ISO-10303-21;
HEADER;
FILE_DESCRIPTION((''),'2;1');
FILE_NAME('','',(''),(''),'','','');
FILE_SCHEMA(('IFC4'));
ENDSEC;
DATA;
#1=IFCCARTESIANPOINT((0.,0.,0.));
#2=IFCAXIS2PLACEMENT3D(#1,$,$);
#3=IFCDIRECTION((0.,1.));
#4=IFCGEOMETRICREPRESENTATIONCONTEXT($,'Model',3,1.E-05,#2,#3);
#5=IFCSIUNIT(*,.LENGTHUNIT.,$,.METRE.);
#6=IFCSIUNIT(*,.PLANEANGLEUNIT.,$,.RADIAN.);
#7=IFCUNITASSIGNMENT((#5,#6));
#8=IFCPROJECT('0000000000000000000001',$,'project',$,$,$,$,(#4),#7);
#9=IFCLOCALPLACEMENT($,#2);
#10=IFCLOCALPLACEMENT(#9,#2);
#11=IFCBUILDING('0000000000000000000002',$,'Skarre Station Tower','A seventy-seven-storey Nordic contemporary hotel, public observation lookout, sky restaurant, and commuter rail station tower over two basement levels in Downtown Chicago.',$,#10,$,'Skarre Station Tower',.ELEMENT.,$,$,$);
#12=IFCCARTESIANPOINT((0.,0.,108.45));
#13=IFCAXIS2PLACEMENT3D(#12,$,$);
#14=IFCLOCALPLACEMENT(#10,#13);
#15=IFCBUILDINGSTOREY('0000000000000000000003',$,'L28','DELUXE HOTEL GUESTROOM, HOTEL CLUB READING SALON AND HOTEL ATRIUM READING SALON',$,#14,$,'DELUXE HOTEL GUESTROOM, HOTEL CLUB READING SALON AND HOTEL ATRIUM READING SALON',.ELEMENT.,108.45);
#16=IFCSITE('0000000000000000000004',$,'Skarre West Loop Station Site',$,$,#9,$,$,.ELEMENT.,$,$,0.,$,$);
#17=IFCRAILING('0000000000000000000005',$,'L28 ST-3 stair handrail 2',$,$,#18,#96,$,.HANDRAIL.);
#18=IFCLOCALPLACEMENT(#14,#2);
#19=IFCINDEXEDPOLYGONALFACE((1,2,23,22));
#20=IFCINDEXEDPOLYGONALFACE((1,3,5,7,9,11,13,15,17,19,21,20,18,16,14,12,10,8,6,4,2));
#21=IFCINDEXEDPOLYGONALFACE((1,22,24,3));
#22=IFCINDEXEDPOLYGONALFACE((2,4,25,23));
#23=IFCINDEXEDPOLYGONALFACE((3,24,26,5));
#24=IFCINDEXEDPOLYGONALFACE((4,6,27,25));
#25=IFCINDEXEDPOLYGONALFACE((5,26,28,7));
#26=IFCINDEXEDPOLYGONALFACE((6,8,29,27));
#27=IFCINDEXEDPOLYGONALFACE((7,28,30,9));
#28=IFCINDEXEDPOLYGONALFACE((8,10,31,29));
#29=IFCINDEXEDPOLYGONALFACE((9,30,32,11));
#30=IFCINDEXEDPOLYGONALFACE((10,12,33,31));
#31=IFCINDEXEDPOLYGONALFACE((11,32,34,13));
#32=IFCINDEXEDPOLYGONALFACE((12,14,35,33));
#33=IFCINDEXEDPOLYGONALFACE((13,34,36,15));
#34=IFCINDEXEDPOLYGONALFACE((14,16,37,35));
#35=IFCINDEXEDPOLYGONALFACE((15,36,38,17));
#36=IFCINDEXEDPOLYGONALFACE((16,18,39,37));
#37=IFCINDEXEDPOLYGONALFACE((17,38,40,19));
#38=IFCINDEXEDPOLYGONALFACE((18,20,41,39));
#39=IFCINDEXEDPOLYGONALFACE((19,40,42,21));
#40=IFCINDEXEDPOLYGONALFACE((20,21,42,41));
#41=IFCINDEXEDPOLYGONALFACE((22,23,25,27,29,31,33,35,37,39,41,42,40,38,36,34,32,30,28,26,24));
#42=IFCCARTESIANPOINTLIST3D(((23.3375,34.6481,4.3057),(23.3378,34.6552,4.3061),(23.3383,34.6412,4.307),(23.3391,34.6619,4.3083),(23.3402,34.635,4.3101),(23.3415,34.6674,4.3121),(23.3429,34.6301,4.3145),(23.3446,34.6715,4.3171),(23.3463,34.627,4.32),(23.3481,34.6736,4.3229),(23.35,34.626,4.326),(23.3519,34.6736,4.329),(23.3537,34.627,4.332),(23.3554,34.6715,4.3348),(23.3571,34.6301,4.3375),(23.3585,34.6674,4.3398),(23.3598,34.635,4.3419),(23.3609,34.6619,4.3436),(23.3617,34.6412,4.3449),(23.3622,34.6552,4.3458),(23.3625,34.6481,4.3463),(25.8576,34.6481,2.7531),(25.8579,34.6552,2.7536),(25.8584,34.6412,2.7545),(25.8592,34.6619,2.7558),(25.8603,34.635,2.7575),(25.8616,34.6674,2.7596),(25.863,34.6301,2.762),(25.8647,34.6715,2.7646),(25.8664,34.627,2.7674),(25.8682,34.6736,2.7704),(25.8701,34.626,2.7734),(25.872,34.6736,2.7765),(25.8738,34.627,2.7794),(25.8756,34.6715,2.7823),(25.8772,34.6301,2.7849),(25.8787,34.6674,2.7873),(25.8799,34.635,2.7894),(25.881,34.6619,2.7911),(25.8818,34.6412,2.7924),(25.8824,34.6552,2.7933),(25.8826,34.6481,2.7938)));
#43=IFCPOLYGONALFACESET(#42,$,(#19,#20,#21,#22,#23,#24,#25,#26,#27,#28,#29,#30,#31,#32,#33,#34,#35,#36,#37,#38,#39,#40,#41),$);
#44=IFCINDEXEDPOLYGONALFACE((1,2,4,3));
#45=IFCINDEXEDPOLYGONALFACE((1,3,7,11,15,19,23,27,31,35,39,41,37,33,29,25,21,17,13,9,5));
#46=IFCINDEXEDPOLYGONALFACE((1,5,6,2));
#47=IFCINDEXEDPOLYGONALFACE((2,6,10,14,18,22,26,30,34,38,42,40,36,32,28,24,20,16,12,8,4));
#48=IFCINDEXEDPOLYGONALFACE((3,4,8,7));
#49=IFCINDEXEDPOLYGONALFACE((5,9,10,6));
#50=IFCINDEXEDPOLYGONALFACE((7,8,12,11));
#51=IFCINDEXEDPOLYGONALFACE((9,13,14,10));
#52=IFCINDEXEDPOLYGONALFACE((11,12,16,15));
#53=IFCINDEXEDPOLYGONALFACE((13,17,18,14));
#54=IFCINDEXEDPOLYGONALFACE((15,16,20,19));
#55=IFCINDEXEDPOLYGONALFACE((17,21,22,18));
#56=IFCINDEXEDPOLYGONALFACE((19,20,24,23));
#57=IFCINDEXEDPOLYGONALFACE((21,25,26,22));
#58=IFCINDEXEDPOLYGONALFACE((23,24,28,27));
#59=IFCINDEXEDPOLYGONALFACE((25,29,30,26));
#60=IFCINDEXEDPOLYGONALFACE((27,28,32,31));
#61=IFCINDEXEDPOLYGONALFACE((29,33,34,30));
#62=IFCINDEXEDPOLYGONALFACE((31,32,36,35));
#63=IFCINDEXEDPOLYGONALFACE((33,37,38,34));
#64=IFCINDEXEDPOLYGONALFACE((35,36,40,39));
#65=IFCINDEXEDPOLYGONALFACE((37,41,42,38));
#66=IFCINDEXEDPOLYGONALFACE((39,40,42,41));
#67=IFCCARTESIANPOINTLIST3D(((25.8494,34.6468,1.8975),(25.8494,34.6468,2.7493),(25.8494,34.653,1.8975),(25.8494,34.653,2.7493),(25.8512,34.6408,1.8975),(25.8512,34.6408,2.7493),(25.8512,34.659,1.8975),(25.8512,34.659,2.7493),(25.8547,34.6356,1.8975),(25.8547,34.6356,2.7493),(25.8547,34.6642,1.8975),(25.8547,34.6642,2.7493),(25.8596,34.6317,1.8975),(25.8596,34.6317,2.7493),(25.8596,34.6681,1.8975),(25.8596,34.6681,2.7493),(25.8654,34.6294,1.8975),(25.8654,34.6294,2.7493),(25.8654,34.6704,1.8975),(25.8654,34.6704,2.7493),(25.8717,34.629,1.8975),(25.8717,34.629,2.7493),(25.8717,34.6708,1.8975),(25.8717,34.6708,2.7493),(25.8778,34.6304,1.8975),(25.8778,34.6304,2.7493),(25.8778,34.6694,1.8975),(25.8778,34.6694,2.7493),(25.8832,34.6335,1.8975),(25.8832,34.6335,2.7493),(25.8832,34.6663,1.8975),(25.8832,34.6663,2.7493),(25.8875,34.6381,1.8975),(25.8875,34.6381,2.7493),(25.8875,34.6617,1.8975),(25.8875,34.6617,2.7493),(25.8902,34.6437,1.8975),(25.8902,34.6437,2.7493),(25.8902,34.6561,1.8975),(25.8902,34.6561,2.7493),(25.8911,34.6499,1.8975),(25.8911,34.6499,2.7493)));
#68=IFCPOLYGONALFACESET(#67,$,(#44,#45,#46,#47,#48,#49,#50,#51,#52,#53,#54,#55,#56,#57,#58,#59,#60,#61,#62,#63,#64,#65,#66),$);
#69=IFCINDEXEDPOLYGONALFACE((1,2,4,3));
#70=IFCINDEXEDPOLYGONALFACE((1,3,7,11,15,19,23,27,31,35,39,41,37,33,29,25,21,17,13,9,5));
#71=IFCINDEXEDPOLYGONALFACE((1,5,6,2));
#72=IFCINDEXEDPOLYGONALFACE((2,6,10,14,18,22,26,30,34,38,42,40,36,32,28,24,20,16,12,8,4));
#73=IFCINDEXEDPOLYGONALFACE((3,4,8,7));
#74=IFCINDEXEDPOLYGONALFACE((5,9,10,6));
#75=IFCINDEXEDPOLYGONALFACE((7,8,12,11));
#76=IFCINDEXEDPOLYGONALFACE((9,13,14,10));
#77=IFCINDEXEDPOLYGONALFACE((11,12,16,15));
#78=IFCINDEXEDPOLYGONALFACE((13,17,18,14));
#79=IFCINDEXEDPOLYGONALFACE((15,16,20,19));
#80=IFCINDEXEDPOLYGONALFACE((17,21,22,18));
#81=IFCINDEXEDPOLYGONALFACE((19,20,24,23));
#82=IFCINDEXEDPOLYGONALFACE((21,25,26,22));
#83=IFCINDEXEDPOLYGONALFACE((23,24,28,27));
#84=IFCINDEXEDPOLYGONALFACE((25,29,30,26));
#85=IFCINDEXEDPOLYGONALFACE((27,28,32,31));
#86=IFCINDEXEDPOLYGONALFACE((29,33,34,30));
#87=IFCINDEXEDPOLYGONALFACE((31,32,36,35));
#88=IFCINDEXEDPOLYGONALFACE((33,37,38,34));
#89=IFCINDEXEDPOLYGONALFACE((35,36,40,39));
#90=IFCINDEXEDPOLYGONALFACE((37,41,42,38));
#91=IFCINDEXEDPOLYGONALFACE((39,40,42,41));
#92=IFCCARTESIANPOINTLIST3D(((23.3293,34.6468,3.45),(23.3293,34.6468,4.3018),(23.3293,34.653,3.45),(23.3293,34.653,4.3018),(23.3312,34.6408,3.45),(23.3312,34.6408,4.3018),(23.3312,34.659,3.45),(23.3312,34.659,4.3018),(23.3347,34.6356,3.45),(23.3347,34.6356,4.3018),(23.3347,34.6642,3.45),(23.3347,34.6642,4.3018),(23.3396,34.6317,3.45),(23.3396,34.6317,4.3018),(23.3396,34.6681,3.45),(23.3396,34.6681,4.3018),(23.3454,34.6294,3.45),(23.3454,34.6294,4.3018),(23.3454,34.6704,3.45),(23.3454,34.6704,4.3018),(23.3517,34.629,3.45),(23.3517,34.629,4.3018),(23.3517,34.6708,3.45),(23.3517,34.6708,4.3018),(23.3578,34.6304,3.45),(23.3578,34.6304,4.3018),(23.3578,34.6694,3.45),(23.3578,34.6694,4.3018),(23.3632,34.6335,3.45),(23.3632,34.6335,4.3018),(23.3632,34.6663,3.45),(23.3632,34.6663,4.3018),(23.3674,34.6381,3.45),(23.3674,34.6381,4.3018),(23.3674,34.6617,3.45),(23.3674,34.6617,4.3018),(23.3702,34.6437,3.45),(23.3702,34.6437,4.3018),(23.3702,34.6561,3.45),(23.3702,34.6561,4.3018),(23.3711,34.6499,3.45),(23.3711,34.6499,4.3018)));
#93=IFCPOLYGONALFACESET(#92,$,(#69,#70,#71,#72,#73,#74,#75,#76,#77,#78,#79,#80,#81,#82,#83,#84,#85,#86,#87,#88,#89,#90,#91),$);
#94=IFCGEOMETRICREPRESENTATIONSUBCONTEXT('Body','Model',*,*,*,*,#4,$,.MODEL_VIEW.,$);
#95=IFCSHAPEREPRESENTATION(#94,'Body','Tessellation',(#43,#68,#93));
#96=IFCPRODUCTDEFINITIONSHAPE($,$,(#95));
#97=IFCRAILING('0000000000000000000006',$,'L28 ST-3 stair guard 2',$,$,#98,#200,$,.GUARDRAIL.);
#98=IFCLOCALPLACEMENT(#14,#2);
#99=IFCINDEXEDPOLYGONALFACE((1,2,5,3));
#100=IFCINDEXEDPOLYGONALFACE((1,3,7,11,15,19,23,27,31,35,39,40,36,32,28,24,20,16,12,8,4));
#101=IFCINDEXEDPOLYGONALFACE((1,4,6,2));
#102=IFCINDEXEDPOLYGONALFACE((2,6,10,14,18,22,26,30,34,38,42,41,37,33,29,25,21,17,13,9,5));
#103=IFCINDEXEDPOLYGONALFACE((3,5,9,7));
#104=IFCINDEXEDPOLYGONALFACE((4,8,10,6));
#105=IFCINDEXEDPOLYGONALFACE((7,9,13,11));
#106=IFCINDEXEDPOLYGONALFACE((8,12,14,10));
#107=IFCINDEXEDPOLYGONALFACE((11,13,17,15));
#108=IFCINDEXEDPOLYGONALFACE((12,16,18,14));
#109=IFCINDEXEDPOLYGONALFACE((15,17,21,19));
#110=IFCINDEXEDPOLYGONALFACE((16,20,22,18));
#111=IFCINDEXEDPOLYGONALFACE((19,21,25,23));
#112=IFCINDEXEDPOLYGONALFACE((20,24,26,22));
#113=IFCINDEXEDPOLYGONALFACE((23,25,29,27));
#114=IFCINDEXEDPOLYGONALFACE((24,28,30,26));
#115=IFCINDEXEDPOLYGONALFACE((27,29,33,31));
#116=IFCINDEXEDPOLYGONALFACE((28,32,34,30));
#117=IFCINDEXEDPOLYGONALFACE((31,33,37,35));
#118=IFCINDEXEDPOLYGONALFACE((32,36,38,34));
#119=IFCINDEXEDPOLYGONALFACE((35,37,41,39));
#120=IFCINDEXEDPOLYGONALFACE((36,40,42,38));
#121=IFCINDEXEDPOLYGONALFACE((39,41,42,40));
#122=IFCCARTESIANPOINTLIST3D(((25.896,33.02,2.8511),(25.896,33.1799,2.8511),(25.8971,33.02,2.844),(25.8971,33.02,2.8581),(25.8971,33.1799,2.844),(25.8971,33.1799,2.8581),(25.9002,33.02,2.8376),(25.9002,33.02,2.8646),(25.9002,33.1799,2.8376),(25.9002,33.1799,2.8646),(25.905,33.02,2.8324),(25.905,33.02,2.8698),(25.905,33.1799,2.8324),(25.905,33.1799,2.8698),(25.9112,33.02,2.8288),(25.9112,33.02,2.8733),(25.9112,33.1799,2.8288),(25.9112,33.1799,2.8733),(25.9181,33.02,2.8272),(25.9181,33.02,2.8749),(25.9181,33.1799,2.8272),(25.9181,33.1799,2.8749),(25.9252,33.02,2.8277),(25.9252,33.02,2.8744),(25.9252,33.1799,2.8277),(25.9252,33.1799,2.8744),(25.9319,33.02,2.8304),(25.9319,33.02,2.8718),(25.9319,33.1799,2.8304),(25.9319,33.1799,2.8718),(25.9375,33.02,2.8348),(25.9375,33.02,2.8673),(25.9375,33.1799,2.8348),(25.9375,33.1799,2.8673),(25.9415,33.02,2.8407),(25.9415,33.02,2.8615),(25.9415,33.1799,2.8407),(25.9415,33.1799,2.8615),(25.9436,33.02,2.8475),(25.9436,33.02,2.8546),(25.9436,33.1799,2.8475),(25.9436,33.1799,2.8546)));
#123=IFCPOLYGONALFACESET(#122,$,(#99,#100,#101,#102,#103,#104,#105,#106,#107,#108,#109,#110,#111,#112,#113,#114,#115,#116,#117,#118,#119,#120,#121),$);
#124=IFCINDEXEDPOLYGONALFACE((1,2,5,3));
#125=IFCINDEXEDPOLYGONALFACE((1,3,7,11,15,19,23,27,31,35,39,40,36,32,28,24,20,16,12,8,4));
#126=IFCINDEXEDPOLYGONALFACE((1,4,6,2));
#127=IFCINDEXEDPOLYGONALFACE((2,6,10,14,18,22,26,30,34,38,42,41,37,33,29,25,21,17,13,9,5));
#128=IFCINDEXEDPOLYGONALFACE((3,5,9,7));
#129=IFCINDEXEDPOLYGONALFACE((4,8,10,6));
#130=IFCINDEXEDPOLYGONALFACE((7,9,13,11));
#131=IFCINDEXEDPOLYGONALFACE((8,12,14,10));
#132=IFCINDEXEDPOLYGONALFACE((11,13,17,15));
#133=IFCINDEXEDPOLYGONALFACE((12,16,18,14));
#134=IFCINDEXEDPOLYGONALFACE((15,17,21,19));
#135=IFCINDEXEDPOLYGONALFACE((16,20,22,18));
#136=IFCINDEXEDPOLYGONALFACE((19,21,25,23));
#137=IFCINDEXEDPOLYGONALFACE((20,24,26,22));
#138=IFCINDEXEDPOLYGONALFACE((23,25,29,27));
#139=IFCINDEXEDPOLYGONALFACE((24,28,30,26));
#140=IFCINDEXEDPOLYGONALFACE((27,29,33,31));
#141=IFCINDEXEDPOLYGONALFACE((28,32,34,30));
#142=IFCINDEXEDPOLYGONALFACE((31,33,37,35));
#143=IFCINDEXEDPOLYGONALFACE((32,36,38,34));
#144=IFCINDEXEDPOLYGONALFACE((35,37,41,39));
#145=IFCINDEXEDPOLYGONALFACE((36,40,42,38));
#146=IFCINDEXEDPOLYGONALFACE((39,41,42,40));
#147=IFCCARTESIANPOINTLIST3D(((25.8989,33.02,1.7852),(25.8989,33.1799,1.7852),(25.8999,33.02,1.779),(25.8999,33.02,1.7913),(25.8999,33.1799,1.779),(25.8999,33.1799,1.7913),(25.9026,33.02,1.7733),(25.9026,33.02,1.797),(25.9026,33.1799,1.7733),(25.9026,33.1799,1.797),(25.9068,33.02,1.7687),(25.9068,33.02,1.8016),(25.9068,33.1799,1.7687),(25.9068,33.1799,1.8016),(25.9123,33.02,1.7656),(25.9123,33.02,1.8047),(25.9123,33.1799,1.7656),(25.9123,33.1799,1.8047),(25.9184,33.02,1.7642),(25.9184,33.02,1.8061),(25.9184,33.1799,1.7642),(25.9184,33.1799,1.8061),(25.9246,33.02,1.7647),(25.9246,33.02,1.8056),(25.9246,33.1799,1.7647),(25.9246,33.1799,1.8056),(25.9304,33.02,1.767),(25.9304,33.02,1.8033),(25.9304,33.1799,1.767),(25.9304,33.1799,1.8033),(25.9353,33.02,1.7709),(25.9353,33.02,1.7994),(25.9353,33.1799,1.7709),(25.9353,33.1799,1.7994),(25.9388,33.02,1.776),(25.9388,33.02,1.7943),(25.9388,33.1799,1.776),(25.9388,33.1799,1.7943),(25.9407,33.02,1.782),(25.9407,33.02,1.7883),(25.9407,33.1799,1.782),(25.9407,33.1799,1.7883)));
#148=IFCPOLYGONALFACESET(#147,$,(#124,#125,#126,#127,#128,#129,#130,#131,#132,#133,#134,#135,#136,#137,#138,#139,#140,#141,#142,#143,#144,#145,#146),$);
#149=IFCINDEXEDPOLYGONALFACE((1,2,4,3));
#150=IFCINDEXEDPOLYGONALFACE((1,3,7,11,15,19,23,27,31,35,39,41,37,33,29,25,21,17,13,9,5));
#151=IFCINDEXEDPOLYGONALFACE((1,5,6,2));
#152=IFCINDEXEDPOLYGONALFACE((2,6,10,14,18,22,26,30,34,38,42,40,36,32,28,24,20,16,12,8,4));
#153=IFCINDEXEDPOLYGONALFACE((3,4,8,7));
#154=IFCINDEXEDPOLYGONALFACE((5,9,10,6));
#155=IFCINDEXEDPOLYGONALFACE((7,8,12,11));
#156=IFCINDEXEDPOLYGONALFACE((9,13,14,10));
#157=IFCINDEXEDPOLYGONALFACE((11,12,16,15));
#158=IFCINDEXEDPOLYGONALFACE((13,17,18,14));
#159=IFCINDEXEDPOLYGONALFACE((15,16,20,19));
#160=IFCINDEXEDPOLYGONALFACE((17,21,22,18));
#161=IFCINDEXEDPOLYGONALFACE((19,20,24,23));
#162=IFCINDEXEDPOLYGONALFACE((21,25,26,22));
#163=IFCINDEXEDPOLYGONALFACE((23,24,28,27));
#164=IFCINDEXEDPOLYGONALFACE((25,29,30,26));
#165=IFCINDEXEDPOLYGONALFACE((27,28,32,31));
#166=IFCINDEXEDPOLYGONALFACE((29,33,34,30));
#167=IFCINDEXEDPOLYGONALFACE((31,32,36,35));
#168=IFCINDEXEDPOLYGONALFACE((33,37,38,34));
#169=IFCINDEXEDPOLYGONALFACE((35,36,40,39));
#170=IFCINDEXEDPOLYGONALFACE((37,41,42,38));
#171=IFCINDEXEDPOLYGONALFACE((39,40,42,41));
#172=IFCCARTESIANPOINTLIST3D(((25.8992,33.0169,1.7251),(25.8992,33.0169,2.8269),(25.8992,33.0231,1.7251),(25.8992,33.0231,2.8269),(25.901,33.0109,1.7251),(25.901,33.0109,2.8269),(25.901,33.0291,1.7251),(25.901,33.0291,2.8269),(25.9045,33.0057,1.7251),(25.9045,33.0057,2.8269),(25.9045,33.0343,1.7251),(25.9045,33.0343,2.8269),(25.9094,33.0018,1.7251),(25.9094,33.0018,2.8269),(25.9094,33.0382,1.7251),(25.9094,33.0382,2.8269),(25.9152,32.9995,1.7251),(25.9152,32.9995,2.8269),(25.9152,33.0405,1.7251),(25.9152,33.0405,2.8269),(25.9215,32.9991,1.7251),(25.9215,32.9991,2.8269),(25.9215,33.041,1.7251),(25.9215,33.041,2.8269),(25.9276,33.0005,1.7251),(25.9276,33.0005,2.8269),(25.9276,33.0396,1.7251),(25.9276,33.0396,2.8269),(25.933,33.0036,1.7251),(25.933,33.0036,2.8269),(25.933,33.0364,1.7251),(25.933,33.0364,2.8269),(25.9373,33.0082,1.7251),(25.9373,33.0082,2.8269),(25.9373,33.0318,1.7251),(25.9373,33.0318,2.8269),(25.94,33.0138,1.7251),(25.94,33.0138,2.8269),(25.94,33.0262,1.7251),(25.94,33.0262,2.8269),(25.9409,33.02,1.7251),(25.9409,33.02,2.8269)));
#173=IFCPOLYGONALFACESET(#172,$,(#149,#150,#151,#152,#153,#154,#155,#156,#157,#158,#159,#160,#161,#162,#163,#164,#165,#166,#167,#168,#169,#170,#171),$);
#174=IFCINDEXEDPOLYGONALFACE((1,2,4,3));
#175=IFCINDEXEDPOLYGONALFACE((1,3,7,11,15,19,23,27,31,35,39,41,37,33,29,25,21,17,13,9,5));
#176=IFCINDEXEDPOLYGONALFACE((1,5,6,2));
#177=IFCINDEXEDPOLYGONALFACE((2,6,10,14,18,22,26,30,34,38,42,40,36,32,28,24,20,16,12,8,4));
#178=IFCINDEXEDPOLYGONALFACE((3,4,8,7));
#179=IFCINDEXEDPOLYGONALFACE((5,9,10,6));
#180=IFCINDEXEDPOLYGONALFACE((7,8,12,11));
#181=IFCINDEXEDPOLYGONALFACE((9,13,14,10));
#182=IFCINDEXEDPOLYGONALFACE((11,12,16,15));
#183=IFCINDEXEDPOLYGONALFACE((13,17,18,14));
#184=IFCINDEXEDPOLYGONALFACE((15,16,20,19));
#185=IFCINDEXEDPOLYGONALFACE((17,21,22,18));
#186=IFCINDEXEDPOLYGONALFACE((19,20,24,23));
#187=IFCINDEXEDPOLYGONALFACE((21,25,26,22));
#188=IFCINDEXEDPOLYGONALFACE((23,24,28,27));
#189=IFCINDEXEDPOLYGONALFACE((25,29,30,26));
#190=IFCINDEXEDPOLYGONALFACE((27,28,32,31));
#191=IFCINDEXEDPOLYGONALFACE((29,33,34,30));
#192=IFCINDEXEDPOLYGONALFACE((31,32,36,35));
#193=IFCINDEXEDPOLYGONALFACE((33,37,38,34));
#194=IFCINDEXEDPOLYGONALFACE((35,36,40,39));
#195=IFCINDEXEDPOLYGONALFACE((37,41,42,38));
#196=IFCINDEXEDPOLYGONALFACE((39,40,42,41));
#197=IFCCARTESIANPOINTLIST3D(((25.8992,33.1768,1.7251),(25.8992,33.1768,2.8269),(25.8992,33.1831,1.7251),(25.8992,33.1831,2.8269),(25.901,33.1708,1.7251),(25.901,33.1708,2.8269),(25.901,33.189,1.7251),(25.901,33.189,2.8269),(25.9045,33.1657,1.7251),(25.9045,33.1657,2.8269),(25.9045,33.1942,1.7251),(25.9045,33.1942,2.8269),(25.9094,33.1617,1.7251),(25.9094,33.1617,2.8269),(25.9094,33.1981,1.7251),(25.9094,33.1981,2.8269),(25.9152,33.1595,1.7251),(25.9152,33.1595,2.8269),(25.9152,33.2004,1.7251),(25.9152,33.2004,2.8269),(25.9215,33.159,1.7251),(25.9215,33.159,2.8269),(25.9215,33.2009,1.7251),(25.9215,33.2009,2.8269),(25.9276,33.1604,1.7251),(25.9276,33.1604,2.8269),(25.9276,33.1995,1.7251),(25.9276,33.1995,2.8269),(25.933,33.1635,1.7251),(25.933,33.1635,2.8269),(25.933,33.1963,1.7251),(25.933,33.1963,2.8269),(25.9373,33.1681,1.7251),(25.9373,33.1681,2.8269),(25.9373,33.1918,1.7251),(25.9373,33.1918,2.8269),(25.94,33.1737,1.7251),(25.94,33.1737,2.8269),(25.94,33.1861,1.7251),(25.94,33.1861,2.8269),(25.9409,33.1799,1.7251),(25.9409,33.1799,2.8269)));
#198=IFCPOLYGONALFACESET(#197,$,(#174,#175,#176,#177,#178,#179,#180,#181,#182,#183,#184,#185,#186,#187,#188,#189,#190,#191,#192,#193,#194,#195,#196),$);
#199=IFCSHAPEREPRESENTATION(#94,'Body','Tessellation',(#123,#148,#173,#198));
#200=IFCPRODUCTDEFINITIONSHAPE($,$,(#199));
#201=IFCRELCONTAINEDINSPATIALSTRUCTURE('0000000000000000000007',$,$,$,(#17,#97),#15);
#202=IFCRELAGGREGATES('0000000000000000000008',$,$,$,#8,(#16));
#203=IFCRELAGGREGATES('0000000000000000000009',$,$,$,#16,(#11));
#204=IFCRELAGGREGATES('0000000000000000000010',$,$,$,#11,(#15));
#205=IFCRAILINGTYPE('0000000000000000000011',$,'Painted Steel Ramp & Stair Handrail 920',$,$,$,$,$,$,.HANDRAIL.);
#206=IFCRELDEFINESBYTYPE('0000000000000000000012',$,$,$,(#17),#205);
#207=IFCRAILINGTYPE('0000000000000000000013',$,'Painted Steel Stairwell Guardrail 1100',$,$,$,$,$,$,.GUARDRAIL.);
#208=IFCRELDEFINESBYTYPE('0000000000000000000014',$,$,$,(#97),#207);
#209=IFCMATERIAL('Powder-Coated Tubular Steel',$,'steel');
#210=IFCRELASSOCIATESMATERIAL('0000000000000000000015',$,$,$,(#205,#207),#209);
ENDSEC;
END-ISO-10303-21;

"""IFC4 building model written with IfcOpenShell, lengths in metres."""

from ifc_helpers import new_model, si_unit, direction, frame, origin, origin_2d, place, context, subcontext, project, spatial, circle, extrude, material, type_object, element, save


model = new_model("IFC4")

# Units and contexts
model_context = context("Model", 3, precision=1e-05, world=origin(), true_north=direction((0.0, 1.0)))
body_context = subcontext(model_context, "Body", "Model", "MODEL_VIEW")
ifc_project = project(units=[si_unit("LENGTHUNIT", "METRE"), si_unit("PLANEANGLEUNIT", "RADIAN")], contexts=[model_context])

# Site, building, storey
site_placement = place(None, origin())
site = spatial("IfcSite", under=ifc_project, at=site_placement, Name="Skarre West Loop Station Site", CompositionType="ELEMENT", RefElevation=0.0)
building_placement = place(site_placement, origin())
building = spatial("IfcBuilding", under=site, at=building_placement, Name="Skarre Station Tower", Description="A seventy-seven-storey Nordic contemporary hotel, public observation lookout, sky restaurant, and commuter rail station tower over two basement levels in Downtown Chicago.", LongName="Skarre Station Tower", CompositionType="ELEMENT")
storey_placement = place(building_placement, frame((0.0, 0.0, 108.45)))
storey = spatial("IfcBuildingStorey", under=building, at=storey_placement, Name="L28", Description="DELUXE HOTEL GUESTROOM, HOTEL CLUB READING SALON AND HOTEL ATRIUM READING SALON", LongName="DELUXE HOTEL GUESTROOM, HOTEL CLUB READING SALON AND HOTEL ATRIUM READING SALON", CompositionType="ELEMENT", Elevation=108.45)

# Railings
ifc_material_1 = material(Name="Powder-Coated Tubular Steel", Category="steel")
railing_type_1 = type_object("IfcRailingType", Name="Painted Steel Ramp & Stair Handrail 920", PredefinedType="HANDRAIL", material=ifc_material_1)
railing_1_placement = place(storey_placement, frame((25.8701, 34.6499, 1.8975)))
element("IfcRailing", 1, at=railing_1_placement, inside=storey, type_object=railing_type_1, Name="L28 ST-3 stair handrail 2", PredefinedType="HANDRAIL", context=body_context, shape_type="SweptSolid", body=[
    extrude(circle(Radius=0.0239, at=origin_2d()), frame((0.0, 0.0, 0.876), z_axis=(-0.8514, 0.0, 0.524516), x_axis=(0.0, -1.0, 0.0)), (0.0, 0.0, 1.0), 2.96),
    extrude(circle(Radius=0.021, at=origin_2d()), origin(), (0.0, 0.0, 1.0), 0.8518),
    extrude(circle(Radius=0.021, at=origin_2d()), frame((-2.52, 0.0, 1.5525)), (0.0, 0.0, 1.0), 0.8518),
])
railing_type_2 = type_object("IfcRailingType", Name="Painted Steel Stairwell Guardrail 1100", PredefinedType="GUARDRAIL", material=ifc_material_1)
railing_2_placement = place(storey_placement, frame((25.9199, 33.02, 1.7251)))
element("IfcRailing", 2, at=railing_2_placement, inside=storey, type_object=railing_type_2, Name="L28 ST-3 stair guard 2", PredefinedType="GUARDRAIL", context=body_context, shape_type="SweptSolid", body=[
    extrude(circle(Radius=0.0239, at=origin_2d()), frame((0.0, 0.0, 1.126), z_axis=(0.0, 1.0, 0.0), x_axis=(-1.0, 0.0, 0.0)), (0.0, 0.0, 1.0), 0.1599),
    extrude(circle(Radius=0.021, at=origin_2d()), frame((0.0, 0.0, 0.0601), z_axis=(0.0, 1.0, 0.0), x_axis=(-1.0, 0.0, 0.0)), (0.0, 0.0, 1.0), 0.1599),
    extrude(circle(Radius=0.021, at=origin_2d()), origin(), (0.0, 0.0, 1.0), 1.1018),
    extrude(circle(Radius=0.021, at=origin_2d()), frame((0.0, 0.1599, 0.0)), (0.0, 0.0, 1.0), 1.1018),
])

save(model, "model.ifc")
